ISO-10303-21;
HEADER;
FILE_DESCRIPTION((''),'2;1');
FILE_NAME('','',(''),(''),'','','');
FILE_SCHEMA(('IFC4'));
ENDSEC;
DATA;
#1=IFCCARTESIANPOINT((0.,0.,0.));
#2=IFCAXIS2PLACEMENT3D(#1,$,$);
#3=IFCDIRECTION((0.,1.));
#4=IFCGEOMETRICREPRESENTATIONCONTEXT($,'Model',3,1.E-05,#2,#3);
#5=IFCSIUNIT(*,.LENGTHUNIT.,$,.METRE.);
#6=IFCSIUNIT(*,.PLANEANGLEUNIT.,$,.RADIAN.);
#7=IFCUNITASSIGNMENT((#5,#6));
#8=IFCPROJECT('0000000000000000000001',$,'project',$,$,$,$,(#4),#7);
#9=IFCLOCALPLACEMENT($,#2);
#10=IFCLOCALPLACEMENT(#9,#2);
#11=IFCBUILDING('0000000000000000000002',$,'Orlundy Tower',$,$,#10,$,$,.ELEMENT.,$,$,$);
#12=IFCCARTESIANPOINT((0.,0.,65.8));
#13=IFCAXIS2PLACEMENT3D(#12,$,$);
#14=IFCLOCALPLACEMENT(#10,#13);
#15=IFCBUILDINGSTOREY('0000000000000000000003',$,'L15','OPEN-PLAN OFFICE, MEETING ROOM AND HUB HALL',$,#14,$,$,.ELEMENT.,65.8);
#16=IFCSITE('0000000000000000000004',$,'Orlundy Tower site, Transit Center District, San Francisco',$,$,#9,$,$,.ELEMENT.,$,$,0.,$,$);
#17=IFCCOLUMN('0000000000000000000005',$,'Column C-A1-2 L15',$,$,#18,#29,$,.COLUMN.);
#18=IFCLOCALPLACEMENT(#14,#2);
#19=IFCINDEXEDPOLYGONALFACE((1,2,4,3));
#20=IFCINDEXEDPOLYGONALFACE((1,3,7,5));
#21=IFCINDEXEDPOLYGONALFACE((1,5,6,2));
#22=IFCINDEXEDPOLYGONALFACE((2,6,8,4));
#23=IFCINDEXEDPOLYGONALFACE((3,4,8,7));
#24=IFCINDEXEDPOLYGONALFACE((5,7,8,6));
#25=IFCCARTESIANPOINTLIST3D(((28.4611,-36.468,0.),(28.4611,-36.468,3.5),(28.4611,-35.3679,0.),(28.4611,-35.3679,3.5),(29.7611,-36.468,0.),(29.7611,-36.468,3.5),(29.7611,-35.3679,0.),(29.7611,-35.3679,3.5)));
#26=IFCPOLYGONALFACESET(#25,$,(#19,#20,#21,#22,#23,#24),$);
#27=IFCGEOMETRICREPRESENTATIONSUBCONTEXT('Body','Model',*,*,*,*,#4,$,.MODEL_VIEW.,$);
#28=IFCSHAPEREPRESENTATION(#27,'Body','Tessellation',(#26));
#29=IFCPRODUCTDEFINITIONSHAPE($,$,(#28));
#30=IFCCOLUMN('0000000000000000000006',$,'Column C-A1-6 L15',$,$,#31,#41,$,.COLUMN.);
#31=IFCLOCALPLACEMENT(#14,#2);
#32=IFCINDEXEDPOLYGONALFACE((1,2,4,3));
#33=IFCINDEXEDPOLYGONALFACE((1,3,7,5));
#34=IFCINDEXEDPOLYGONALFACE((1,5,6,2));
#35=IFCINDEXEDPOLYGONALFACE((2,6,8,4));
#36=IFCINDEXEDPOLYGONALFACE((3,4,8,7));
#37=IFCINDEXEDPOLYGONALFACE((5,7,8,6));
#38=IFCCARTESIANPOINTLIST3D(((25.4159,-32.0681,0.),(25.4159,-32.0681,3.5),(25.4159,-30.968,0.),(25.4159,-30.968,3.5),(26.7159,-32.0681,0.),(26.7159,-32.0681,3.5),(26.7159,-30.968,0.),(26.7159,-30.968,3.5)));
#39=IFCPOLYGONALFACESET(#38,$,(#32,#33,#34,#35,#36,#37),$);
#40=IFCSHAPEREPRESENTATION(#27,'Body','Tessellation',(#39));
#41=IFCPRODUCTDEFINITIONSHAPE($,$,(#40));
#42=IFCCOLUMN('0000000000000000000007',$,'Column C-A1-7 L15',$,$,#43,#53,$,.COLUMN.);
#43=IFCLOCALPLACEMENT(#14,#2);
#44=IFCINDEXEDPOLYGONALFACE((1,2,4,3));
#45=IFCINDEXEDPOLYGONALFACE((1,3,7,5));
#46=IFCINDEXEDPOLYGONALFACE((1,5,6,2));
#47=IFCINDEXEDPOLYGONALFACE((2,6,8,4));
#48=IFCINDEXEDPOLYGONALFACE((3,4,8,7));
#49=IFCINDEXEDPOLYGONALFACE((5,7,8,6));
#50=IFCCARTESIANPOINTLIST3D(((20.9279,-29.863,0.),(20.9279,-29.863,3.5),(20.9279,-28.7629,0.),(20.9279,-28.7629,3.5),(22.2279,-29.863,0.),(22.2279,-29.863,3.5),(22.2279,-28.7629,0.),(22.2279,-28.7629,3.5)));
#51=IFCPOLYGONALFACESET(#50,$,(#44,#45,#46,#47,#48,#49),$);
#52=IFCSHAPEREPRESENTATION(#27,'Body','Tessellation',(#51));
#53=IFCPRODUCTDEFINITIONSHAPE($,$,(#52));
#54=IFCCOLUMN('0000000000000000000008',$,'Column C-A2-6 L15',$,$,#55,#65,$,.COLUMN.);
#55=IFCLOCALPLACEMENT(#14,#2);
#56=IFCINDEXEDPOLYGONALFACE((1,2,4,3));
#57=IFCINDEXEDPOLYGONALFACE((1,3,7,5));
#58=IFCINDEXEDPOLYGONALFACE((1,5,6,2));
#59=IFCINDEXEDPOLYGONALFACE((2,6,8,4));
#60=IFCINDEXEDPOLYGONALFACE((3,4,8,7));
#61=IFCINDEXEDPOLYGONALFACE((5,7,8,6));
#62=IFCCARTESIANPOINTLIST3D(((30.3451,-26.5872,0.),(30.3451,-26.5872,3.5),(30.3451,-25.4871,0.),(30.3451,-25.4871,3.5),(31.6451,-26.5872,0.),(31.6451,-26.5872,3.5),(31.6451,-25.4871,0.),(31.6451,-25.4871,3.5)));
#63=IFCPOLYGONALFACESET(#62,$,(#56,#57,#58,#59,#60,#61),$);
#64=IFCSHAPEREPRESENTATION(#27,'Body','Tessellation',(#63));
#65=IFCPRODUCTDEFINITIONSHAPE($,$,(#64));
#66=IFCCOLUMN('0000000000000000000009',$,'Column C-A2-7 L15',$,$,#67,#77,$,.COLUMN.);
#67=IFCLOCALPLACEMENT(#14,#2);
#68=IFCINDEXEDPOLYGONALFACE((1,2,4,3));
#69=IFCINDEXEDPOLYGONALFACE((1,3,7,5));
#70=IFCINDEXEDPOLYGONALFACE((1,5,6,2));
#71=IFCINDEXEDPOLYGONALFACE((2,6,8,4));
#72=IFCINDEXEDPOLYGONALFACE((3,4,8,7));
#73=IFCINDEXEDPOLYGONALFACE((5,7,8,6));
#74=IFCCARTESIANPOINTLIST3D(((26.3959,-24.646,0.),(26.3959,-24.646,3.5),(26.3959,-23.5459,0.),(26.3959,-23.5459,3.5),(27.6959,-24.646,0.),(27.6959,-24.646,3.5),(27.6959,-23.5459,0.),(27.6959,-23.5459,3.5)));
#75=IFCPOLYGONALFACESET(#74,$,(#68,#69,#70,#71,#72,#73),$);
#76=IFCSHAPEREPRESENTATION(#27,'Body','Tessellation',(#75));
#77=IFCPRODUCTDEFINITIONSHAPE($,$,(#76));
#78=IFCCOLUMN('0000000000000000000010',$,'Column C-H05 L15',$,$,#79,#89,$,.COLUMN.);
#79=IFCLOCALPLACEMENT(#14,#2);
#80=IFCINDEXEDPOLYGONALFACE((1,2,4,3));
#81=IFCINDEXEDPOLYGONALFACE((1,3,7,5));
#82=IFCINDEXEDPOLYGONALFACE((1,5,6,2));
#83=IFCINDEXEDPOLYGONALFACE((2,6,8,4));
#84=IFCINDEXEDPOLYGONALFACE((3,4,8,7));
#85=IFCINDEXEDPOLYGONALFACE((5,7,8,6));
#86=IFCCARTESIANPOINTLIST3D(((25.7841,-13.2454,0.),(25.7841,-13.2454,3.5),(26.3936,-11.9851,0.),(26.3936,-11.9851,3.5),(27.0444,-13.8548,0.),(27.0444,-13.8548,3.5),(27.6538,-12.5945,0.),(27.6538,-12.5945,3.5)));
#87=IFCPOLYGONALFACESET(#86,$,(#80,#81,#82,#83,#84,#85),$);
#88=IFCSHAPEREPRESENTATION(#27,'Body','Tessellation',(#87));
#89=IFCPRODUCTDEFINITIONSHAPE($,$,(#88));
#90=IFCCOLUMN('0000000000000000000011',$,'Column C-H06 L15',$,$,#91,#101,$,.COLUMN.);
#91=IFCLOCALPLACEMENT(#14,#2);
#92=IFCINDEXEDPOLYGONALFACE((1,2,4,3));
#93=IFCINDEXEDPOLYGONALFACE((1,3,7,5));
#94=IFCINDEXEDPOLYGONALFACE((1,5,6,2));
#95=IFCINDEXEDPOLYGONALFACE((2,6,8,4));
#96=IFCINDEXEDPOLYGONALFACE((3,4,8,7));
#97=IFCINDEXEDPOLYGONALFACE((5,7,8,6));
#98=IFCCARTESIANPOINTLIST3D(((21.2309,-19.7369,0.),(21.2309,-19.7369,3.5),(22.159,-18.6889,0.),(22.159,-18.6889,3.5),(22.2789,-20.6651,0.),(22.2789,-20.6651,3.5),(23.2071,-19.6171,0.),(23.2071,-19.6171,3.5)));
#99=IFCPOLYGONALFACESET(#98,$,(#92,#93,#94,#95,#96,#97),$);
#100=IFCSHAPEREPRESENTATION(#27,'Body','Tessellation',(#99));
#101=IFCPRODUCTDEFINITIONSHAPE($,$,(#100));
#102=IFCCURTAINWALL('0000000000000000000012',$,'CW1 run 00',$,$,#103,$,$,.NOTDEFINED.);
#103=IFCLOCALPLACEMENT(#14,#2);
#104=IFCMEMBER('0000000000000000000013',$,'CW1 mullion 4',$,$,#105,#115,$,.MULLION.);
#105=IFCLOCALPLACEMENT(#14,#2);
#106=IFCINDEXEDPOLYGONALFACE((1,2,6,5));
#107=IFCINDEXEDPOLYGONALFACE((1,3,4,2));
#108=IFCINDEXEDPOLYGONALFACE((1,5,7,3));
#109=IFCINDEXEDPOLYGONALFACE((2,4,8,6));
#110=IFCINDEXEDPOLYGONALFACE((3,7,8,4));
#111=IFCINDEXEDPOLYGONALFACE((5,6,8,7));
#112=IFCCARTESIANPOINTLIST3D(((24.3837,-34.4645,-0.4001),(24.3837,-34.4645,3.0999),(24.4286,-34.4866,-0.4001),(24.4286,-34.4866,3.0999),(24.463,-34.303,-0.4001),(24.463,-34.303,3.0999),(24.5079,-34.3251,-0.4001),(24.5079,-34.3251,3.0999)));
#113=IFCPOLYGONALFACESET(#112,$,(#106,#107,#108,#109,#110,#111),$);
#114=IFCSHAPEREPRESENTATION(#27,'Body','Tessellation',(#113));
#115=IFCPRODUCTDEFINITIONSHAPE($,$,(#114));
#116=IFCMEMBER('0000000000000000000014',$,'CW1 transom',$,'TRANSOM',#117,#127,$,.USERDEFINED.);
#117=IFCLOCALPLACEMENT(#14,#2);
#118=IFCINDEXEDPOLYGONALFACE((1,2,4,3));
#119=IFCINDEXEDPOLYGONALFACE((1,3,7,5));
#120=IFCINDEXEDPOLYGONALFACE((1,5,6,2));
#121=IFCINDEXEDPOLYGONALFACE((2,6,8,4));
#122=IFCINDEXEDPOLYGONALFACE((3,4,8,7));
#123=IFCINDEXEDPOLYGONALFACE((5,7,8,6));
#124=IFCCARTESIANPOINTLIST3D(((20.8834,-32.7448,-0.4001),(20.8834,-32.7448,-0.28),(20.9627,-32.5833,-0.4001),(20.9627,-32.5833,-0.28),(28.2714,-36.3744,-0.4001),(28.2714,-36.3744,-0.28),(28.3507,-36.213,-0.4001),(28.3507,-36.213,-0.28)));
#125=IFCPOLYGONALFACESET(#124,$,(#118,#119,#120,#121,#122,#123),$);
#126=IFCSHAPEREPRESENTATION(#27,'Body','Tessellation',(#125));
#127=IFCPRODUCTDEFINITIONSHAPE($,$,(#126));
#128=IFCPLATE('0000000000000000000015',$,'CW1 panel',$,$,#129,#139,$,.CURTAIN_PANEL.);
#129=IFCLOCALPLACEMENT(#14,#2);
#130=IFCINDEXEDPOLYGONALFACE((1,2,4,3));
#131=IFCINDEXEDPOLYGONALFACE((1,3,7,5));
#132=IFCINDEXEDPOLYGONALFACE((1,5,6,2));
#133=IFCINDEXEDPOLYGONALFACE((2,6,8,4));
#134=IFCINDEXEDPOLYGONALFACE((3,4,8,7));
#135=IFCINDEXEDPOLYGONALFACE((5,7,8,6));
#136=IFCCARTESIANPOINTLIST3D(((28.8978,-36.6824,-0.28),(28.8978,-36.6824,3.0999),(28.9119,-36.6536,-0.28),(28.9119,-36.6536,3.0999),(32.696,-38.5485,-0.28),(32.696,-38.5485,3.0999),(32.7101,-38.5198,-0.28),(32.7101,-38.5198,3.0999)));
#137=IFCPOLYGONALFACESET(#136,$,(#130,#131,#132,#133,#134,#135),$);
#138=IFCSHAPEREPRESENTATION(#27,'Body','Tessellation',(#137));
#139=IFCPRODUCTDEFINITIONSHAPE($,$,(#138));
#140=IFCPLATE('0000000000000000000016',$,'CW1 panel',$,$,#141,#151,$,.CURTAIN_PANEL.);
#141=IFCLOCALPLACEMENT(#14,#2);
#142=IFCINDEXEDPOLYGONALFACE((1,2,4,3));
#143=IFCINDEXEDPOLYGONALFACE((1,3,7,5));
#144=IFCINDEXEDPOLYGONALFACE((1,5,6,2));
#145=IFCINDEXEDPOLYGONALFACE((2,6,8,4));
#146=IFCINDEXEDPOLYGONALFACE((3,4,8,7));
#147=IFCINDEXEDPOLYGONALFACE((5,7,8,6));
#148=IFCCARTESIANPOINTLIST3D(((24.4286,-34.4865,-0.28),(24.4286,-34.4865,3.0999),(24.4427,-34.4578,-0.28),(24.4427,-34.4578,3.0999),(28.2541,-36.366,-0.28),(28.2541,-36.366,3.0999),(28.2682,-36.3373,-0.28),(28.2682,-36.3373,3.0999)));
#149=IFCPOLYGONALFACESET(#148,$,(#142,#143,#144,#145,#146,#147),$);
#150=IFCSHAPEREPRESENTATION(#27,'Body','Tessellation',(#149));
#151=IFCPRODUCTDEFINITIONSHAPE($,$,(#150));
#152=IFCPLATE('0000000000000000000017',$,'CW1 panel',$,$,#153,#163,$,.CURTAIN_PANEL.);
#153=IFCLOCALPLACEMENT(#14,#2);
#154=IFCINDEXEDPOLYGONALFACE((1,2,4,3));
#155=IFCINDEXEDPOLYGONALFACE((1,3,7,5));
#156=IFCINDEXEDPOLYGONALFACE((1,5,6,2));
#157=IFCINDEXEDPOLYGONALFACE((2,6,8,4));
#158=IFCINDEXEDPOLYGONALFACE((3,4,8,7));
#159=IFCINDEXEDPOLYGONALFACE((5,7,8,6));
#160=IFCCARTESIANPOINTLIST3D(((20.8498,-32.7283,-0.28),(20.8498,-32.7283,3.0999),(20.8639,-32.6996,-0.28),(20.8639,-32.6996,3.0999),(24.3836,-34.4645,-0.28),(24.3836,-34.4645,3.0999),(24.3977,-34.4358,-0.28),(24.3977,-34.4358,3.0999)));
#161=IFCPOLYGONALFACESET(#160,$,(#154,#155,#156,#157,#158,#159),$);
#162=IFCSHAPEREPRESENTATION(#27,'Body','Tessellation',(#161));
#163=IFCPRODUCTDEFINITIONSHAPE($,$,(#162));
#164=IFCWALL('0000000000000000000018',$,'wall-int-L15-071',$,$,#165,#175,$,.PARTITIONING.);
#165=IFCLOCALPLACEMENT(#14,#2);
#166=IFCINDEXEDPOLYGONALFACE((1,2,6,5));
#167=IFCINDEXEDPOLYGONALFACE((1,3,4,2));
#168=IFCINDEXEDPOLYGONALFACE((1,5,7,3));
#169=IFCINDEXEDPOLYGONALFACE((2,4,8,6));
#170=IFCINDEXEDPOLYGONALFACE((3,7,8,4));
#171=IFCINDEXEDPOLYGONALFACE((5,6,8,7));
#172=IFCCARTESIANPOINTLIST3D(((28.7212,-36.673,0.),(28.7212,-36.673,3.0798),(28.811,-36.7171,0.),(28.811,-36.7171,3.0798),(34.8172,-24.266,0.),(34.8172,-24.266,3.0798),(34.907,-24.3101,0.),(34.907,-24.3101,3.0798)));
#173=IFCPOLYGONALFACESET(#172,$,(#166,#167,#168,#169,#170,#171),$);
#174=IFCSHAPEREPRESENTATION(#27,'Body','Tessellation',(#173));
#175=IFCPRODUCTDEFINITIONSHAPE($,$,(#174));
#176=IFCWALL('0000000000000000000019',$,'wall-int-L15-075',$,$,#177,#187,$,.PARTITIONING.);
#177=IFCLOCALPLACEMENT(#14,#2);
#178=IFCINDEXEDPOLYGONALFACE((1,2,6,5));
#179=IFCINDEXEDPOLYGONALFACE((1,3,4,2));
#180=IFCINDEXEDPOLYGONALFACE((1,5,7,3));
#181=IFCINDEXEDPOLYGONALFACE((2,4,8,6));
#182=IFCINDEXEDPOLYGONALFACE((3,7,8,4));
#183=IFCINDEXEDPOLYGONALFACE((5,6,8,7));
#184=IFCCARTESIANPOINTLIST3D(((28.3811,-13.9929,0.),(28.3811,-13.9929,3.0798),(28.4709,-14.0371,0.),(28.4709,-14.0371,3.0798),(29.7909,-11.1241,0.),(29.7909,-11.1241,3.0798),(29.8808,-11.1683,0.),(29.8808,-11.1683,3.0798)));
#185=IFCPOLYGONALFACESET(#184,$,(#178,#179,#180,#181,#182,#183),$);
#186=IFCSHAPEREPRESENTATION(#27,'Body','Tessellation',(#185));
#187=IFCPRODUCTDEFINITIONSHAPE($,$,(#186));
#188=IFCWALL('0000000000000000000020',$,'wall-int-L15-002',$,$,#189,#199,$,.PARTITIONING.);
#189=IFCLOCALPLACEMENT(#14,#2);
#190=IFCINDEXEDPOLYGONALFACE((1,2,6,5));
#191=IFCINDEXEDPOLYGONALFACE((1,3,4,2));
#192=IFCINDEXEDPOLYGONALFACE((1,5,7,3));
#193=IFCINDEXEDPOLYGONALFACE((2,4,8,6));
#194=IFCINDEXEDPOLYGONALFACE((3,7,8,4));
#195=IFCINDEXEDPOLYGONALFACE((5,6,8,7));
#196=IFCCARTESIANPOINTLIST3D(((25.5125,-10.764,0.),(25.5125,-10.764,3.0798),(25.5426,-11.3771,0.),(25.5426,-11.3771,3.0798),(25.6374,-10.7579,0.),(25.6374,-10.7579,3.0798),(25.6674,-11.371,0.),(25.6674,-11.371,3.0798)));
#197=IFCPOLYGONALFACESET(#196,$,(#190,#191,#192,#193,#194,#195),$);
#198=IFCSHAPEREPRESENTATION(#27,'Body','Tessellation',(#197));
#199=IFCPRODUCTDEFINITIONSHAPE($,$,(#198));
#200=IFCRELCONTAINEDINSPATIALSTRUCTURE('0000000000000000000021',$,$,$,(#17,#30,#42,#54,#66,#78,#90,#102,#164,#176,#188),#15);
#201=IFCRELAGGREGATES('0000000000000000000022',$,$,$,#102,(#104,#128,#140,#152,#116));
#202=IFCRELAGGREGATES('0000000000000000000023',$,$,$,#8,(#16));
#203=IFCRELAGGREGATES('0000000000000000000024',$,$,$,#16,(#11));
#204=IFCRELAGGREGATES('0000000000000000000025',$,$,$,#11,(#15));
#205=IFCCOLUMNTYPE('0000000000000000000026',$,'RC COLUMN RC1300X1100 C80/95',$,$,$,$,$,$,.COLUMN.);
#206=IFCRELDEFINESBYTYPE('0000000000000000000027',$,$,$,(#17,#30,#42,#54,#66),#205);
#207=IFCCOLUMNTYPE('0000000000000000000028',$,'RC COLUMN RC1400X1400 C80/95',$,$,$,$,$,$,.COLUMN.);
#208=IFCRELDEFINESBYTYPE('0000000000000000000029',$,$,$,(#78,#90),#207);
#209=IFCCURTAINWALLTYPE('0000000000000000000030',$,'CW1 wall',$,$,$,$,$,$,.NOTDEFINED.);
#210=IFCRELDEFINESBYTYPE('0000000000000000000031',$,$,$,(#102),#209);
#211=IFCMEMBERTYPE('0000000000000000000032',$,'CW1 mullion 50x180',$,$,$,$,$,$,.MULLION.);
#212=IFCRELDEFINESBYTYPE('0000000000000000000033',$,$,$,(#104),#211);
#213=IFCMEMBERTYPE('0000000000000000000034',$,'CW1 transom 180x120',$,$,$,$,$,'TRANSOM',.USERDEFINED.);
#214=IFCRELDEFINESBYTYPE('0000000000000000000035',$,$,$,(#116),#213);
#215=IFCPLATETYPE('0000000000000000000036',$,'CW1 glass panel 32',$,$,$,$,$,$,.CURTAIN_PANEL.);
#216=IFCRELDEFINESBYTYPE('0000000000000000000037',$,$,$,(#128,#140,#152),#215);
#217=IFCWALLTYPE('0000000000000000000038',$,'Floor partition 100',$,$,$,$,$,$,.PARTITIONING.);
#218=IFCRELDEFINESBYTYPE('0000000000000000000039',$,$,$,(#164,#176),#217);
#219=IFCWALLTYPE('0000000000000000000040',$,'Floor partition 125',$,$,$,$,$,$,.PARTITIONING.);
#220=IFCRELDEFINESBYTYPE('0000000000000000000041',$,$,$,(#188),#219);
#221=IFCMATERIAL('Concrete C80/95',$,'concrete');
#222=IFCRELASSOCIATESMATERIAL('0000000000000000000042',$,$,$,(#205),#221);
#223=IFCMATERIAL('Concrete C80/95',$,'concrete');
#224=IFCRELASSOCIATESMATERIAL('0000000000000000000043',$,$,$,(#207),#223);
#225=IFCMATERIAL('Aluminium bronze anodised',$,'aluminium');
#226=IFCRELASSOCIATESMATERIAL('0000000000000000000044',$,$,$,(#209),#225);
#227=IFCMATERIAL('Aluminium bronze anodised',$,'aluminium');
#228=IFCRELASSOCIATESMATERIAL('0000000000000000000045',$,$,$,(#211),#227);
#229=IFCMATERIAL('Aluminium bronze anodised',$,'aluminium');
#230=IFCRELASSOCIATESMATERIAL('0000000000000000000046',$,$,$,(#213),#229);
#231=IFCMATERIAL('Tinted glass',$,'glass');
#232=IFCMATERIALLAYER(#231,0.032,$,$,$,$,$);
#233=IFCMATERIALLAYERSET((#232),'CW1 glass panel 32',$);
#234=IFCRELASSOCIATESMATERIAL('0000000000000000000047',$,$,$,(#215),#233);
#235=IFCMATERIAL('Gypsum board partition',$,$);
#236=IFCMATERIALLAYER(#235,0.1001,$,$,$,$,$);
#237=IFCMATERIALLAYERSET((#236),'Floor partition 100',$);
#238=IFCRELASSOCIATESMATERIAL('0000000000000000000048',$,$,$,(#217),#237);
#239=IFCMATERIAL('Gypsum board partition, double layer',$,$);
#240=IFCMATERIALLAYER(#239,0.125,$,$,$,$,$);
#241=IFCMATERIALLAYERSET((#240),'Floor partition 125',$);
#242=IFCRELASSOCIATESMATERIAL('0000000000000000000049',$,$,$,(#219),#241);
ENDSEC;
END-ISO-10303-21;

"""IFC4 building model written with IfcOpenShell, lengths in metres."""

from ifc_helpers import new_model, si_unit, direction, frame, frame_2d, origin, origin_2d, place, context, subcontext, project, spatial, rectangle, extrude, material, layer, layer_set, material_profile, profile_set, type_object, element, aggregate, save


model = new_model("IFC4")

# Units and contexts
model_context = context("Model", 3, precision=1e-05, world=origin(), true_north=direction((0.0, 1.0)))
body_context = subcontext(model_context, "Body", "Model", "MODEL_VIEW")
ifc_project = project(units=[si_unit("LENGTHUNIT", "METRE"), si_unit("PLANEANGLEUNIT", "RADIAN")], contexts=[model_context])

# Site, building, storey
site_placement = place(None, origin())
site = spatial("IfcSite", under=ifc_project, at=site_placement, Name="Orlundy Tower site, Transit Center District, San Francisco", CompositionType="ELEMENT", RefElevation=0.0)
building_placement = place(site_placement, origin())
building = spatial("IfcBuilding", under=site, at=building_placement, Name="Orlundy Tower", CompositionType="ELEMENT")
storey_placement = place(building_placement, frame((0.0, 0.0, 65.8)))
storey = spatial("IfcBuildingStorey", under=building, at=storey_placement, Name="L15", Description="OPEN-PLAN OFFICE, MEETING ROOM AND HUB HALL", CompositionType="ELEMENT", Elevation=65.8)

# Columns
ifc_material_1 = material(Name="Concrete C80/95", Category="concrete")
ifc_material_profile_1 = material_profile(ifc_material_1, rectangle(XDim=1.3, YDim=1.1001, at=origin_2d()), Name="RC1300X1100")
ifc_profile_set_1 = profile_set([ifc_material_profile_1], Name="Concrete C80/95")
column_type_1 = type_object("IfcColumnType", Name="RC COLUMN RC1300X1100 C80/95", PredefinedType="COLUMN", material=ifc_profile_set_1)
for number, where, z_axis, x_axis, name in (
    (1, (29.1111, -35.918, 0.0), (0.0, 0.0, 1.0), (1.0, 0.0, 0.0), "Column C-A1-2 L15"),
    (2, (26.0659, -31.5181, 0.0), (0.0, 0.0, 1.0), (1.0, 0.0, 0.0), "Column C-A1-6 L15"),
    (3, (21.5779, -29.313, 0.0), (0.0, 0.0, 1.0), (1.0, 0.0, 0.0), "Column C-A1-7 L15"),
    (4, (30.9951, -26.0371, 0.0), (0.0, 0.0, 1.0), (1.0, 0.0, 0.0), "Column C-A2-6 L15"),
    (5, (27.0459, -24.0959, 0.0), (0.0, 0.0, 1.0), (1.0, 0.0, 0.0), "Column C-A2-7 L15"),
):
    element("IfcColumn", number, at=place(storey_placement, frame(where, z_axis=z_axis, x_axis=x_axis)), inside=storey, type_object=column_type_1, Name=name, PredefinedType="COLUMN", context=body_context, shape_type="SweptSolid", body=[
        extrude(rectangle(XDim=1.3, YDim=1.1001, at=origin_2d()), origin(), (0.0, 0.0, 1.0), 3.5),
    ])
ifc_material_2 = material(Name="Concrete C80/95", Category="concrete")
ifc_material_profile_2 = material_profile(ifc_material_2, rectangle(XDim=1.3999, YDim=1.3999, at=origin_2d()), Name="RC1400X1400")
ifc_profile_set_2 = profile_set([ifc_material_profile_2], Name="Concrete C80/95")
column_type_2 = type_object("IfcColumnType", Name="RC COLUMN RC1400X1400 C80/95", PredefinedType="COLUMN", material=ifc_profile_set_2)
for number, where, z_axis, x_axis, name in (
    (6, (26.719, -12.9199, 0.0), (0.0, 0.0, 1.0), (0.900273, -0.435325, 0.0), "Column C-H05 L15"),
    (7, (22.219, -19.677, 0.0), (0.0, 0.0, 1.0), (0.748632, -0.662986, 0.0), "Column C-H06 L15"),
):
    element("IfcColumn", number, at=place(storey_placement, frame(where, z_axis=z_axis, x_axis=x_axis)), inside=storey, type_object=column_type_2, Name=name, PredefinedType="COLUMN", context=body_context, shape_type="SweptSolid", body=[
        extrude(rectangle(XDim=1.3999, YDim=1.3999, at=origin_2d()), origin(), (0.0, 0.0, 1.0), 3.5),
    ])

# Curtain wall, members, plates
ifc_material_3 = material(Name="Aluminium bronze anodised", Category="aluminium")
curtain_wall_type = type_object("IfcCurtainWallType", Name="CW1 wall", PredefinedType="NOTDEFINED", material=ifc_material_3)
curtain_wall_placement = place(storey_placement, origin())
curtain_wall = element("IfcCurtainWall", 8, at=curtain_wall_placement, inside=storey, type_object=curtain_wall_type, Name="CW1 run 00", PredefinedType="NOTDEFINED")
ifc_material_4 = material(Name="Aluminium bronze anodised", Category="aluminium")
ifc_material_profile_3 = material_profile(ifc_material_4, rectangle(XDim=0.1799, YDim=0.05, at=origin_2d()), Name="CW1 mullion 50x180")
ifc_profile_set_3 = profile_set([ifc_material_profile_3], Name="Aluminium bronze anodised")
member_type_1 = type_object("IfcMemberType", Name="CW1 mullion 50x180", PredefinedType="MULLION", material=ifc_profile_set_3)
member_1_placement = place(storey_placement, frame((24.4458, -34.3948, -0.4001), z_axis=(0.0, 0.0, 1.0), x_axis=(-0.440969, -0.897522, 0.0)))
member_1 = element("IfcMember", 9, at=member_1_placement, type_object=member_type_1, Name="CW1 mullion 4", PredefinedType="MULLION", context=body_context, shape_type="SweptSolid", body=[
    extrude(rectangle(XDim=0.1799, YDim=0.05, at=origin_2d()), origin(), (0.0, 0.0, 1.0), 3.5),
])
ifc_material_5 = material(Name="Aluminium bronze anodised", Category="aluminium")
ifc_material_profile_4 = material_profile(ifc_material_5, rectangle(XDim=0.1799, YDim=0.1201, at=origin_2d()), Name="CW1 transom 180x120")
ifc_profile_set_4 = profile_set([ifc_material_profile_4], Name="Aluminium bronze anodised")
member_type_2 = type_object("IfcMemberType", Name="CW1 transom 180x120", ElementType="TRANSOM", PredefinedType="USERDEFINED", material=ifc_profile_set_4)
member_2_placement = place(storey_placement, frame((28.311, -36.2937, -0.3401), z_axis=(-0.897531, 0.44095, 0.0), x_axis=(-0.44095, -0.897531, 0.0)))
member_2 = element("IfcMember", 10, at=member_2_placement, type_object=member_type_2, Name="CW1 transom", ObjectType="TRANSOM", PredefinedType="USERDEFINED", context=body_context, shape_type="SweptSolid", body=[
    extrude(rectangle(XDim=0.1799, YDim=0.1201, at=origin_2d()), origin(), (0.0, 0.0, 1.0), 8.2314),
])
ifc_material_6 = material(Name="Tinted glass", Category="glass")
ifc_layer_1 = layer(ifc_material_6, 0.032)
ifc_layer_set_1 = layer_set([ifc_layer_1], Name="CW1 glass panel 32")
plate_type = type_object("IfcPlateType", Name="CW1 glass panel 32", PredefinedType="CURTAIN_PANEL", material=ifc_layer_set_1)
plate_1_placement = place(storey_placement, frame((30.804, -37.6011, -0.28), z_axis=(0.0, 0.0, 1.0), x_axis=(-0.897522, 0.440969, 0.0)))
plate_1 = element("IfcPlate", 11, at=plate_1_placement, type_object=plate_type, Name="CW1 panel", PredefinedType="CURTAIN_PANEL", context=body_context, shape_type="SweptSolid", body=[
    extrude(rectangle(XDim=4.2319, YDim=0.032, at=origin_2d()), origin(), (0.0, 0.0, 1.0), 3.3799),
])
plate_2_placement = place(storey_placement, frame((26.3484, -35.4119, -0.28), z_axis=(0.0, 0.0, 1.0), x_axis=(-0.897522, 0.440969, 0.0)))
plate_2 = element("IfcPlate", 12, at=plate_2_placement, type_object=plate_type, Name="CW1 panel", PredefinedType="CURTAIN_PANEL", context=body_context, shape_type="SweptSolid", body=[
    extrude(rectangle(XDim=4.2622, YDim=0.032, at=origin_2d()), origin(), (0.0, 0.0, 1.0), 3.3799),
])
plate_3_placement = place(storey_placement, frame((22.6238, -33.582, -0.28), z_axis=(0.0, 0.0, 1.0), x_axis=(-0.897522, 0.440969, 0.0)))
plate_3 = element("IfcPlate", 13, at=plate_3_placement, type_object=plate_type, Name="CW1 panel", PredefinedType="CURTAIN_PANEL", context=body_context, shape_type="SweptSolid", body=[
    extrude(rectangle(XDim=3.9373, YDim=0.032, at=origin_2d()), origin(), (0.0, 0.0, 1.0), 3.3799),
])
aggregate(curtain_wall, [member_1, plate_1, plate_2, plate_3, member_2])

# Walls
ifc_material_7 = material(Name="Gypsum board partition")
ifc_layer_2 = layer(ifc_material_7, 0.1001)
ifc_layer_set_2 = layer_set([ifc_layer_2], Name="Floor partition 100")
wall_type_1 = type_object("IfcWallType", Name="Floor partition 100", PredefinedType="PARTITIONING", material=ifc_layer_set_2)
wall_1_placement = place(storey_placement, frame((28.7661, -36.6951, 0.0), z_axis=(0.0, 0.0, 1.0), x_axis=(0.440979, 0.897517, 0.0)))
element("IfcWall", 14, at=wall_1_placement, inside=storey, type_object=wall_type_1, Name="wall-int-L15-071", PredefinedType="PARTITIONING", context=body_context, shape_type="SweptSolid", body=[
    extrude(rectangle(XDim=13.8237, YDim=0.1001, at=frame_2d((6.9119, 0.0))), origin(), (0.0, 0.0, 1.0), 3.0798),
])
wall_2_placement = place(storey_placement, frame((28.426, -14.0149, 0.0), z_axis=(0.0, 0.0, 1.0), x_axis=(0.441063, 0.897476, 0.0)))
element("IfcWall", 15, at=wall_2_placement, inside=storey, type_object=wall_type_1, Name="wall-int-L15-075", PredefinedType="PARTITIONING", context=body_context, shape_type="SweptSolid", body=[
    extrude(rectangle(XDim=3.1965, YDim=0.1001, at=frame_2d((1.5981, 0.0))), origin(), (0.0, 0.0, 1.0), 3.0798),
])
ifc_material_8 = material(Name="Gypsum board partition, double layer")
ifc_layer_3 = layer(ifc_material_8, 0.125)
ifc_layer_set_3 = layer_set([ifc_layer_3], Name="Floor partition 125")
wall_type_2 = type_object("IfcWallType", Name="Floor partition 125", PredefinedType="PARTITIONING", material=ifc_layer_set_3)
wall_3_placement = place(storey_placement, frame((25.575, -10.761, 0.0), z_axis=(0.0, 0.0, 1.0), x_axis=(0.048926, -0.998802, 0.0)))
element("IfcWall", 16, at=wall_3_placement, inside=storey, type_object=wall_type_2, Name="wall-int-L15-002", PredefinedType="PARTITIONING", context=body_context, shape_type="SweptSolid", body=[
    extrude(rectangle(XDim=0.6138, YDim=0.125, at=frame_2d((0.3069, 0.0))), origin(), (0.0, 0.0, 1.0), 3.0798),
])

save(model, "model.ifc")
